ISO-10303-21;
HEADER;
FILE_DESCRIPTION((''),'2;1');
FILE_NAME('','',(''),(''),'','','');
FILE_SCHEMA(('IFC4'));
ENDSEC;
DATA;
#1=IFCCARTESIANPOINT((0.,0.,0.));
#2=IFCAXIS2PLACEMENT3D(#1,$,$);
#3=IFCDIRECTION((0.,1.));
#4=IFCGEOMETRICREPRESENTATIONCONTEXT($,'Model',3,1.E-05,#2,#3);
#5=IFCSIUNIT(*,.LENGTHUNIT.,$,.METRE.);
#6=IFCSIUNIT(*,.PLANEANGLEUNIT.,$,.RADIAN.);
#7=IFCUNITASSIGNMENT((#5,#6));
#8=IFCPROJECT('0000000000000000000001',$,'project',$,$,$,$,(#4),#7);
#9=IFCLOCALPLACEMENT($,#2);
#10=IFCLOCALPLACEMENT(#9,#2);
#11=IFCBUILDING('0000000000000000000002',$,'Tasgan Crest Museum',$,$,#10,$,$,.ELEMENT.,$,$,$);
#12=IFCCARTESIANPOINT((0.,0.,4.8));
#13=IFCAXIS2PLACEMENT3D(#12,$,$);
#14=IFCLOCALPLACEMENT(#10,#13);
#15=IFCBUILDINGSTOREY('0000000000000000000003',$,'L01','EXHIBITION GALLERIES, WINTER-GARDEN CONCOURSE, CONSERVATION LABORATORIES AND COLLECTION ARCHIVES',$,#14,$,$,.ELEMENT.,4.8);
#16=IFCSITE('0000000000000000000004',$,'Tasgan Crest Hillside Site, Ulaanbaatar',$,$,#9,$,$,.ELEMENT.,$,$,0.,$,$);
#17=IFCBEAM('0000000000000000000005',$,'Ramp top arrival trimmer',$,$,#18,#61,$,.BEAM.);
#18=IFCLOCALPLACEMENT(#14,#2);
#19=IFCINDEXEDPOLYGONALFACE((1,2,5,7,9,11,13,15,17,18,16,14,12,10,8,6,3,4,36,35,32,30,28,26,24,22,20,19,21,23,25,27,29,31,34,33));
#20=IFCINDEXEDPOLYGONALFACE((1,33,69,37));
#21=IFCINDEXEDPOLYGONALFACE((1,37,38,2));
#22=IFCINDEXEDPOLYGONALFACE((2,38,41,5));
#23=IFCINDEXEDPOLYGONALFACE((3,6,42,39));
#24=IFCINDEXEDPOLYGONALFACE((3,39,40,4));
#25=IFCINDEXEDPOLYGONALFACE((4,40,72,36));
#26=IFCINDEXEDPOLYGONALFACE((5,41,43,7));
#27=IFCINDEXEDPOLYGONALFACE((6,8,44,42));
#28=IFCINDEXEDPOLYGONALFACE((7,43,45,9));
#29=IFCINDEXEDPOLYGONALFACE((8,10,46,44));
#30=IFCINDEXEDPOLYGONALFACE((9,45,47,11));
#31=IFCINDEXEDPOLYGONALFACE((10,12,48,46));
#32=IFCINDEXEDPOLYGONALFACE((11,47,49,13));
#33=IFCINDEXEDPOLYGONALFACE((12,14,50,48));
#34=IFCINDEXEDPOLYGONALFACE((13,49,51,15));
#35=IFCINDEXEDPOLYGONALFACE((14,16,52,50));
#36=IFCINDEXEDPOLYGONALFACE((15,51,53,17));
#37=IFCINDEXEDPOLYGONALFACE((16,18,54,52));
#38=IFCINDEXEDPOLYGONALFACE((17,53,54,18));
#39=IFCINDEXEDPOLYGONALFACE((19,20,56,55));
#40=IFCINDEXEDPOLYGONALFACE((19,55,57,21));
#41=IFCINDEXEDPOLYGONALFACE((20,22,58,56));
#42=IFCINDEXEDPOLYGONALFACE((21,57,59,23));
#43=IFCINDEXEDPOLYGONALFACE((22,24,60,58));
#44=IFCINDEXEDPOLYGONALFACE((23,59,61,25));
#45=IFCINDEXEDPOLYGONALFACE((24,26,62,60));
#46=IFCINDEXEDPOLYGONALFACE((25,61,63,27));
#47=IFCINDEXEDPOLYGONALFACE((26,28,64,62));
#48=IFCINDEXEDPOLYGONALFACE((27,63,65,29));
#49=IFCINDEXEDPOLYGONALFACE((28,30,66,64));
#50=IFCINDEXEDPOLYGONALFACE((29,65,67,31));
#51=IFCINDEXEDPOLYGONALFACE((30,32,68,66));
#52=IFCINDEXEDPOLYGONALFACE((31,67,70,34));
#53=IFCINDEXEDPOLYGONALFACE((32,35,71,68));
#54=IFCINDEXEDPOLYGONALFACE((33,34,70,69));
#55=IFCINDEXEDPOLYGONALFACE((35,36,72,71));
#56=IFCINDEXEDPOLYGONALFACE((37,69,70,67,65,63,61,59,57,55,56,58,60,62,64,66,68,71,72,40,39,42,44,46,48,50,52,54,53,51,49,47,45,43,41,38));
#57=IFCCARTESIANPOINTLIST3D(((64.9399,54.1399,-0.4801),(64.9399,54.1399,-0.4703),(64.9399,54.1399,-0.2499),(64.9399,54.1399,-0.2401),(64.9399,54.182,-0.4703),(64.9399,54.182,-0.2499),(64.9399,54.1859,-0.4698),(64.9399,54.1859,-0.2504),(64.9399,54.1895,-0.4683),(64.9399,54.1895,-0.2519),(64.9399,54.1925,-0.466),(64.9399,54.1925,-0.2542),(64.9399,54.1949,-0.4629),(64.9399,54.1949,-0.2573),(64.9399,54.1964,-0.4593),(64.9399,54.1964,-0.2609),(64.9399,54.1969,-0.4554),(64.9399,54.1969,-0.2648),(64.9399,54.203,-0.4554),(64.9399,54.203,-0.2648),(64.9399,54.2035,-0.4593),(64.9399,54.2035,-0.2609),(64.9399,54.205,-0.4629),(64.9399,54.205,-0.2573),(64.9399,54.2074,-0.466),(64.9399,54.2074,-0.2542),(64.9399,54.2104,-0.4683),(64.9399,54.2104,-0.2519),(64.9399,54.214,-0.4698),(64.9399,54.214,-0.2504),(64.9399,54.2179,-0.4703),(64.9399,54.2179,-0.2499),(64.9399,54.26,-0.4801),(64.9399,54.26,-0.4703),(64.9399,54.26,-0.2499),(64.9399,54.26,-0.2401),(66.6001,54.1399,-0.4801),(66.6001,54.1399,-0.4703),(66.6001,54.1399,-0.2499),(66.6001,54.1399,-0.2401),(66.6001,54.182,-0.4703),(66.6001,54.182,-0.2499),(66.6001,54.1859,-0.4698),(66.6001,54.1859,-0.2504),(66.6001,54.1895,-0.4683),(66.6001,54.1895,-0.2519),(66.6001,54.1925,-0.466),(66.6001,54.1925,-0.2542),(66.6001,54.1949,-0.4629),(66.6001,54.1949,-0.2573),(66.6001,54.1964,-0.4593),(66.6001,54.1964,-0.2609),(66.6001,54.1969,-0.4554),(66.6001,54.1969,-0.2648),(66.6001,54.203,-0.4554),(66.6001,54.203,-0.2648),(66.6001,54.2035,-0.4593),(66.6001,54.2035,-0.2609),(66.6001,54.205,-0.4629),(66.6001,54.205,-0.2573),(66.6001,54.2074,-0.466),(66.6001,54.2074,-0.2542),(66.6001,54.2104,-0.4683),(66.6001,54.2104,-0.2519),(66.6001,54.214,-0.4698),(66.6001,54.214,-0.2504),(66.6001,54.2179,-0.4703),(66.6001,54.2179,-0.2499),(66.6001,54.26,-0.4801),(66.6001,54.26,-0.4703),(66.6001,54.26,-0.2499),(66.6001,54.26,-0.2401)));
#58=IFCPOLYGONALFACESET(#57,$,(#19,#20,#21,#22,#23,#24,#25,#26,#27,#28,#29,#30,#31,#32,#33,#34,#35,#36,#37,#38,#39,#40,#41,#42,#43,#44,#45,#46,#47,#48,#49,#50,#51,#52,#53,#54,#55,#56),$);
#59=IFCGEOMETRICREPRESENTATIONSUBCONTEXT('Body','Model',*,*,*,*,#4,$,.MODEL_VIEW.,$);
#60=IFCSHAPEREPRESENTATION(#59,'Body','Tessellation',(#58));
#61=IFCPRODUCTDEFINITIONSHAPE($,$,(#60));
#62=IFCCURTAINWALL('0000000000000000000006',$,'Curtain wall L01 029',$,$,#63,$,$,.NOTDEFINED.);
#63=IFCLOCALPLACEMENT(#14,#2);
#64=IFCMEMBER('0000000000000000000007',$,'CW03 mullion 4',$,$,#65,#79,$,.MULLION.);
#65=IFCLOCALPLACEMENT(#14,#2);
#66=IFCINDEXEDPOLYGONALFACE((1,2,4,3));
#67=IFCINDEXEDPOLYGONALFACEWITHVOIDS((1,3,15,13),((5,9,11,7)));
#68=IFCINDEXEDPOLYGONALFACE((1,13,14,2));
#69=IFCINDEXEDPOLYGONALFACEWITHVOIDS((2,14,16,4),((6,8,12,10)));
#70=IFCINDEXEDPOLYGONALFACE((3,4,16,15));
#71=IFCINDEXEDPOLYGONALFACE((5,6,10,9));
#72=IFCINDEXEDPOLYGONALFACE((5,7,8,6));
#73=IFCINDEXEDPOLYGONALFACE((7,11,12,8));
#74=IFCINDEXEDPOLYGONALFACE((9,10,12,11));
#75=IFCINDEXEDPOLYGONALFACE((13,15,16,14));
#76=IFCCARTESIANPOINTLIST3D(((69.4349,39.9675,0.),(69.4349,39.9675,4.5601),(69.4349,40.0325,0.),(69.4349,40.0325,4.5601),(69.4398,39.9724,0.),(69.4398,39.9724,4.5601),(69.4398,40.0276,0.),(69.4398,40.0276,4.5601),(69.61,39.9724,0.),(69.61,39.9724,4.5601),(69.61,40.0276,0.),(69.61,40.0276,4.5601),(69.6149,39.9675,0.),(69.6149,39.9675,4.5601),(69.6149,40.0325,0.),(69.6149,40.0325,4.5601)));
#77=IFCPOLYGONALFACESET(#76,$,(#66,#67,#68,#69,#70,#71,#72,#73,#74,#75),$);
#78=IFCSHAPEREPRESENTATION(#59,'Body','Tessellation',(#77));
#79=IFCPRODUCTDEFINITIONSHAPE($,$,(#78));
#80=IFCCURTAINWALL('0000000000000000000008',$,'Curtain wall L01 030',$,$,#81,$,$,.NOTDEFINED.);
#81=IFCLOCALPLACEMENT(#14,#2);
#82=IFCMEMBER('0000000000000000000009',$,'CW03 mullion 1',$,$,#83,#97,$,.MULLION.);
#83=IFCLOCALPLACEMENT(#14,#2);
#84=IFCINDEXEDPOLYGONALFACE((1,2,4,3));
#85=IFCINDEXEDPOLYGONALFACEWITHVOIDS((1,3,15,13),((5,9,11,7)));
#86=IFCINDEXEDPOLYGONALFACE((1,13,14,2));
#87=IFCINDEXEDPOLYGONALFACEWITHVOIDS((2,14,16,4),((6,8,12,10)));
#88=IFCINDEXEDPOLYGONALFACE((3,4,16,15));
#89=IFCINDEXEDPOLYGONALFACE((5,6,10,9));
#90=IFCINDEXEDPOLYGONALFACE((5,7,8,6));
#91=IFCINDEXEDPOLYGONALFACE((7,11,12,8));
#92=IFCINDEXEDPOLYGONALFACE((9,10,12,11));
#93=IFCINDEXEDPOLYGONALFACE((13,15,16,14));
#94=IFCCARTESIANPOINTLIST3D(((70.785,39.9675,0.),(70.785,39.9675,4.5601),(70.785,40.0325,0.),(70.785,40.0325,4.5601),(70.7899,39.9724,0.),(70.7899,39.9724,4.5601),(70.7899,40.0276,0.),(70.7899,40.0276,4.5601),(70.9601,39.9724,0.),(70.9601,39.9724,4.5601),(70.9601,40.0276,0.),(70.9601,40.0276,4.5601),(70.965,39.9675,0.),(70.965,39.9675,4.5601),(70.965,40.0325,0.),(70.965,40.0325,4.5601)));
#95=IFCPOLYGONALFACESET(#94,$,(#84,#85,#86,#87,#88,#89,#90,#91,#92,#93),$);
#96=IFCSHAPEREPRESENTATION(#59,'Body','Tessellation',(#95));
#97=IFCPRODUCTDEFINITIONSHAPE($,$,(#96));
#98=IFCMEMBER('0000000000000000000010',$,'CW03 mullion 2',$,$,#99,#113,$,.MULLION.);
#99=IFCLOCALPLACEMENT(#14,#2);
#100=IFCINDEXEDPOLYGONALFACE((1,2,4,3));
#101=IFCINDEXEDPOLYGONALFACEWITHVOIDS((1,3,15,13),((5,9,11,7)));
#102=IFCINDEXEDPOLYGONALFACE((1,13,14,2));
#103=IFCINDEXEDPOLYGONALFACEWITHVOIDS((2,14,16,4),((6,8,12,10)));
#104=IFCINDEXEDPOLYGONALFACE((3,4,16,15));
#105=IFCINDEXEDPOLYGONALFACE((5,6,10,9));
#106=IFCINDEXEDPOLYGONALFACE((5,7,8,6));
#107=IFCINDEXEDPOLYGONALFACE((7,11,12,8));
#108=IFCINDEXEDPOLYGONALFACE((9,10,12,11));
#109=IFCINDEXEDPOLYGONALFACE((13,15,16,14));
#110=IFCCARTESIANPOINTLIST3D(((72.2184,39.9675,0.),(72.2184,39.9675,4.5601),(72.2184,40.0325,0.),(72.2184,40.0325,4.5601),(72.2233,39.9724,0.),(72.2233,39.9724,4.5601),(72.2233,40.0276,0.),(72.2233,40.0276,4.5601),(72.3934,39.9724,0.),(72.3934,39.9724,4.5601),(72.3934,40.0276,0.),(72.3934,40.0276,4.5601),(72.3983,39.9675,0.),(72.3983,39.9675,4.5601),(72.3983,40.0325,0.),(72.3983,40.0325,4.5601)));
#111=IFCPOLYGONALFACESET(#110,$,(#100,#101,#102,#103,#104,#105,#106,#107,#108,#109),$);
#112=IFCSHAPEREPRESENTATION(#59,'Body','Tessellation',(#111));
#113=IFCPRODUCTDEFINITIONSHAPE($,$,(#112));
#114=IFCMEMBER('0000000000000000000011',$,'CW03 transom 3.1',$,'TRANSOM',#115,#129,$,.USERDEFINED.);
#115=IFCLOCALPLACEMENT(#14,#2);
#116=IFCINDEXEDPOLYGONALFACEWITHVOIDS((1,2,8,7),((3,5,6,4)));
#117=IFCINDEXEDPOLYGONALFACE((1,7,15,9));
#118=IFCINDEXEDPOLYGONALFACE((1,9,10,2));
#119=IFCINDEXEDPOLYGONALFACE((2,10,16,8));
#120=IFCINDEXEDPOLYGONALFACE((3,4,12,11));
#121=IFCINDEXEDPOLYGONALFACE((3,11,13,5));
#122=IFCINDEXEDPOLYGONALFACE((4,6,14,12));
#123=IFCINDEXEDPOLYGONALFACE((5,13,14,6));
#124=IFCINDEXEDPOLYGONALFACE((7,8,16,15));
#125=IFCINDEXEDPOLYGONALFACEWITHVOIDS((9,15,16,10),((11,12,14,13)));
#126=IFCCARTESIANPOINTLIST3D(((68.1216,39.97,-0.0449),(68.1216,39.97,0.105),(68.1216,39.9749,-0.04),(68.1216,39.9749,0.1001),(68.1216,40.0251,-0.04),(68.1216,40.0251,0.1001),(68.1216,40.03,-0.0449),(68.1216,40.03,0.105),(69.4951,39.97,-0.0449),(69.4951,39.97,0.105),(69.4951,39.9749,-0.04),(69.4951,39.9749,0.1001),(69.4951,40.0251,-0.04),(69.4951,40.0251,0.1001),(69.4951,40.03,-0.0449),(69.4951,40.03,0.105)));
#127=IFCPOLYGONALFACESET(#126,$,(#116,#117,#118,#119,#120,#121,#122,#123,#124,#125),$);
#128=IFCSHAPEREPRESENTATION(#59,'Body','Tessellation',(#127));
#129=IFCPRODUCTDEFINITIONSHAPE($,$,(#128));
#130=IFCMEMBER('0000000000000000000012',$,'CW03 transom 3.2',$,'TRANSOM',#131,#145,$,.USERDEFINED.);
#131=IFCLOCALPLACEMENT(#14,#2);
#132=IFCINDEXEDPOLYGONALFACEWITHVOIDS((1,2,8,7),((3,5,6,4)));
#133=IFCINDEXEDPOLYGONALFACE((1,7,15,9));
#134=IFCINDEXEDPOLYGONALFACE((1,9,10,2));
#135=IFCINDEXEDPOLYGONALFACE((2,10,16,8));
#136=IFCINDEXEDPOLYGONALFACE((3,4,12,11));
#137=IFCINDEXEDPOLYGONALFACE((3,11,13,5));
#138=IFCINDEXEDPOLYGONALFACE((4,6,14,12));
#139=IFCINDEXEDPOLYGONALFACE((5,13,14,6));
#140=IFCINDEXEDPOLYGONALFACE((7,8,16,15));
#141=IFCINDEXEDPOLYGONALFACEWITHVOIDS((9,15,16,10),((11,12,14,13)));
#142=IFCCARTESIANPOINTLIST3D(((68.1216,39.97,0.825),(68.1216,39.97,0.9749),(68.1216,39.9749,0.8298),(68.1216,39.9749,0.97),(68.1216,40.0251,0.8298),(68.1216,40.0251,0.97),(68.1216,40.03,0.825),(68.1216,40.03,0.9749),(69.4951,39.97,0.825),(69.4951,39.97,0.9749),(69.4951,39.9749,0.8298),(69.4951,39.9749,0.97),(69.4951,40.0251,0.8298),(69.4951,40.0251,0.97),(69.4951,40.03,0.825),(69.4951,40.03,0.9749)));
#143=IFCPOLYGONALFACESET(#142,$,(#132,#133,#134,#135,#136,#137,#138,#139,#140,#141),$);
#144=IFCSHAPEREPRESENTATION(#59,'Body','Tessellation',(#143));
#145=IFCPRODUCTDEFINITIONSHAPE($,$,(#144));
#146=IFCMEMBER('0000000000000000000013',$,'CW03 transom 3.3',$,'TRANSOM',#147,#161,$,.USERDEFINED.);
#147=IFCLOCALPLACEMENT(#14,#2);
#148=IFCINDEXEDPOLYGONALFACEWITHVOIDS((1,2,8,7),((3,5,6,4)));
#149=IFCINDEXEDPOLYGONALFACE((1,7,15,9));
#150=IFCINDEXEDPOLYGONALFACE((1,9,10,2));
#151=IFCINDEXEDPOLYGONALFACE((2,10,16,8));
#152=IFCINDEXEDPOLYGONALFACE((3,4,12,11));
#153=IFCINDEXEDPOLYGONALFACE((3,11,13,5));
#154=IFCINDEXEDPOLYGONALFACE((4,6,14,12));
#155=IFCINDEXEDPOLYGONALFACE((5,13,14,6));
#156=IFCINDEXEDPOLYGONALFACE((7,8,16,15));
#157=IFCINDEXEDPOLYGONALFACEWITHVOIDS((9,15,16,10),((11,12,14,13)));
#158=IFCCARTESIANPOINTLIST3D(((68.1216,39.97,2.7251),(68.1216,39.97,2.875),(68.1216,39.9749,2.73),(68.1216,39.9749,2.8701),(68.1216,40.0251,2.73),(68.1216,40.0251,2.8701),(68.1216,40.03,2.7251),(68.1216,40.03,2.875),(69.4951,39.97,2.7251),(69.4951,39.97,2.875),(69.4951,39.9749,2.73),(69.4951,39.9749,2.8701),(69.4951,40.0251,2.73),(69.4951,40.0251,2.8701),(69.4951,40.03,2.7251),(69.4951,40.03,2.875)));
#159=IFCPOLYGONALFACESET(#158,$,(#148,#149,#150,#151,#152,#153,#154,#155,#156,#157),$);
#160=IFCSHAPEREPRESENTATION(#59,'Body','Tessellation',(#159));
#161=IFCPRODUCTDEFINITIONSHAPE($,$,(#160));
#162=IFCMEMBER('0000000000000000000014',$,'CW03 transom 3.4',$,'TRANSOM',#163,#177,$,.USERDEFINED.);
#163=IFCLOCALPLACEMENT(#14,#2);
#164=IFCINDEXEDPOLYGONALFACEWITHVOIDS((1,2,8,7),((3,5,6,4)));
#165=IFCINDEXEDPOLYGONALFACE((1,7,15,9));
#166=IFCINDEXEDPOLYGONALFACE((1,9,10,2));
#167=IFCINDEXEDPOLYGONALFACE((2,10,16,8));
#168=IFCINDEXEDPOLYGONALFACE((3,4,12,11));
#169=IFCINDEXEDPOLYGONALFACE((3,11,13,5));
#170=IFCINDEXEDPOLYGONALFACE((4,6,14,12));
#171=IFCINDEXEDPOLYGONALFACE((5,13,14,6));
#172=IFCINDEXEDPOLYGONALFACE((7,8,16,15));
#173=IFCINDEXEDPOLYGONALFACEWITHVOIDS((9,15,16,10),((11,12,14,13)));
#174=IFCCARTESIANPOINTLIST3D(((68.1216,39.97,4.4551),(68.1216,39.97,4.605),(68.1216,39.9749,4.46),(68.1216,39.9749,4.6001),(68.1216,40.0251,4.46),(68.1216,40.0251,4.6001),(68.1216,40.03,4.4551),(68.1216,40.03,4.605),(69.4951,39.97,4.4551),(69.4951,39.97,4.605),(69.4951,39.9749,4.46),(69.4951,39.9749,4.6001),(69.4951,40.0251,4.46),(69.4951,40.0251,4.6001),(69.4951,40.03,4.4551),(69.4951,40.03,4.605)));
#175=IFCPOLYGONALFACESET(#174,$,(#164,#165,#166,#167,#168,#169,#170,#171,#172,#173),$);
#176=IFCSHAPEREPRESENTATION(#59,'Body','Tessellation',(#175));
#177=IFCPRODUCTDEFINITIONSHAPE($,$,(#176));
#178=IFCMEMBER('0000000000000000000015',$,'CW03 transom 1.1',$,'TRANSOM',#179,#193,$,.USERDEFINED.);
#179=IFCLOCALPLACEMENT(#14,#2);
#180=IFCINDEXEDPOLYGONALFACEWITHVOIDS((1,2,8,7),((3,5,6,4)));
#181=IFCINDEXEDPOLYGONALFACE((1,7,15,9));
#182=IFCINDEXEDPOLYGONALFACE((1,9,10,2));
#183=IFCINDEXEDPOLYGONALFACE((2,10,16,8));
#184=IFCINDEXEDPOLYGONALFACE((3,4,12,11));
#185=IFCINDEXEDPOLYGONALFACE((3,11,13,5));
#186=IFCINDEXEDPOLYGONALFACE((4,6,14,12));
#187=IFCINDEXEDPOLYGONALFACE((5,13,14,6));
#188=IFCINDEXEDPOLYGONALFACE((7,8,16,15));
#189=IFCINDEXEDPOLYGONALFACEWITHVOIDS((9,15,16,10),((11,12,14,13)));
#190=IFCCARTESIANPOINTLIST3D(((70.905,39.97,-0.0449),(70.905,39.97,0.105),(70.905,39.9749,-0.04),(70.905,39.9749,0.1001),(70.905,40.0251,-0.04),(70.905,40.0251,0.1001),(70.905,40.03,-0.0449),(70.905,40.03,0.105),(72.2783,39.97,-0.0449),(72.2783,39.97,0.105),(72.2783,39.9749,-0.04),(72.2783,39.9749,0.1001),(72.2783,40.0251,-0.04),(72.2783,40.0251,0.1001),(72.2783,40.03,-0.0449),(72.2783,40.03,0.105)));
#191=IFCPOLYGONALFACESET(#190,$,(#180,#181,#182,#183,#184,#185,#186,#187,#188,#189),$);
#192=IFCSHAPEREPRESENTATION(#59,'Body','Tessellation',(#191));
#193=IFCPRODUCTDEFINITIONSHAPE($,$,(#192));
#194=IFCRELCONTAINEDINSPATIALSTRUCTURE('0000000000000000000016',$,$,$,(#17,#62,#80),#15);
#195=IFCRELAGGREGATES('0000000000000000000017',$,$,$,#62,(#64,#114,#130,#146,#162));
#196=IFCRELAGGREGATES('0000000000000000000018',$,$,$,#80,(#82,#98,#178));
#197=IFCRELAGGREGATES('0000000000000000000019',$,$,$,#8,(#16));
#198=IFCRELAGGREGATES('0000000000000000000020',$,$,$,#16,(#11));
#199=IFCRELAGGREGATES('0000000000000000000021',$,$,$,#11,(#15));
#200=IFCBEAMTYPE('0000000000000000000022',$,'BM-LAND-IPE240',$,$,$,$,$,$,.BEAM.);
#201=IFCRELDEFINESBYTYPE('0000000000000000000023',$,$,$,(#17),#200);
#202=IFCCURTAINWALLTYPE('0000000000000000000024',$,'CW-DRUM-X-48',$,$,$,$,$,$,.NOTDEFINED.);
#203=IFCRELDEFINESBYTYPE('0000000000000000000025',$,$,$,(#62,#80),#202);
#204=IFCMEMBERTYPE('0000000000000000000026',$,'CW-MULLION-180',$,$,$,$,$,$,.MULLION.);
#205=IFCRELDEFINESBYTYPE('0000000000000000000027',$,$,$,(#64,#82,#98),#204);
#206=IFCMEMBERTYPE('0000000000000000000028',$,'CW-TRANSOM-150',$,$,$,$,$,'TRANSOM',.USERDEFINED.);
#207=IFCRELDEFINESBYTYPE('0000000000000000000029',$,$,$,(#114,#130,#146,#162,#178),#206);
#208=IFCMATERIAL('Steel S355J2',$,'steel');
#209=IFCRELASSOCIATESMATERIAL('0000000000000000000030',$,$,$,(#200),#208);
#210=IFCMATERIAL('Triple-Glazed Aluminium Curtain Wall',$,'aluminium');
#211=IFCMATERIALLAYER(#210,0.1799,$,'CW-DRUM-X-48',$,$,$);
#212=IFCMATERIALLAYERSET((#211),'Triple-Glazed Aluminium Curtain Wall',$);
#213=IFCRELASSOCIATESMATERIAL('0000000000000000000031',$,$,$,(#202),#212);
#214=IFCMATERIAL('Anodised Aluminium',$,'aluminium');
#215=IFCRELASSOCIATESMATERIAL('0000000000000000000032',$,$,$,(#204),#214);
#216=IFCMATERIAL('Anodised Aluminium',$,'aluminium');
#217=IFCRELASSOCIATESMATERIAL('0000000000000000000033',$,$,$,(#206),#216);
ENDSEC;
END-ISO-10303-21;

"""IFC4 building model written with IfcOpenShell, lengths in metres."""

from ifc_helpers import new_model, si_unit, direction, frame, origin, origin_2d, place, context, subcontext, project, spatial, hollow_rectangle, i_section, extrude, material, layer, layer_set, material_profile, profile_set, type_object, element, aggregate, save


model = new_model("IFC4")

# Units and contexts
model_context = context("Model", 3, precision=1e-05, world=origin(), true_north=direction((0.0, 1.0)))
body_context = subcontext(model_context, "Body", "Model", "MODEL_VIEW")
ifc_project = project(units=[si_unit("LENGTHUNIT", "METRE"), si_unit("PLANEANGLEUNIT", "RADIAN")], contexts=[model_context])

# Site, building, storey
site_placement = place(None, origin())
site = spatial("IfcSite", under=ifc_project, at=site_placement, Name="Tasgan Crest Hillside Site, Ulaanbaatar", CompositionType="ELEMENT", RefElevation=0.0)
building_placement = place(site_placement, origin())
building = spatial("IfcBuilding", under=site, at=building_placement, Name="Tasgan Crest Museum", CompositionType="ELEMENT")
storey_placement = place(building_placement, frame((0.0, 0.0, 4.8)))
storey = spatial("IfcBuildingStorey", under=building, at=storey_placement, Name="L01", Description="EXHIBITION GALLERIES, WINTER-GARDEN CONCOURSE, CONSERVATION LABORATORIES AND COLLECTION ARCHIVES", CompositionType="ELEMENT", Elevation=4.8)

# Beam
ifc_material_1 = material(Name="Steel S355J2", Category="steel")
ifc_material_profile_1 = material_profile(ifc_material_1, i_section(OverallWidth=0.1201, OverallDepth=0.24, WebThickness=0.0061, FlangeThickness=0.0098, FilletRadius=0.0149, at=origin_2d()), Name="IPE 240")
ifc_profile_set_1 = profile_set([ifc_material_profile_1], Name="Steel S355J2")
beam_type_1 = type_object("IfcBeamType", Name="BM-LAND-IPE240", PredefinedType="BEAM", material=ifc_profile_set_1)
beam_1_placement = place(storey_placement, frame((64.9399, 54.2, -0.3601), z_axis=(1.0, 0.0, 0.0), x_axis=(0.0, 1.0, 0.0)))
element("IfcBeam", 1, at=beam_1_placement, inside=storey, type_object=beam_type_1, Name="Ramp top arrival trimmer", PredefinedType="BEAM", context=body_context, shape_type="SweptSolid", body=[
    extrude(i_section(OverallWidth=0.1201, OverallDepth=0.24, WebThickness=0.0061, FlangeThickness=0.0098, FilletRadius=0.0149, at=origin_2d()), origin(), (0.0, 0.0, 1.0), 1.6602),
])

# Curtain wall, member
ifc_material_2 = material(Name="Triple-Glazed Aluminium Curtain Wall", Category="aluminium")
ifc_layer_1 = layer(ifc_material_2, 0.1799, Name="CW-DRUM-X-48")
ifc_layer_set_1 = layer_set([ifc_layer_1], Name="Triple-Glazed Aluminium Curtain Wall")
curtain_wall_type = type_object("IfcCurtainWallType", Name="CW-DRUM-X-48", PredefinedType="NOTDEFINED", material=ifc_layer_set_1)
curtain_wall_1_placement = place(storey_placement, origin())
curtain_wall_1 = element("IfcCurtainWall", 2, at=curtain_wall_1_placement, inside=storey, type_object=curtain_wall_type, Name="Curtain wall L01 029", PredefinedType="NOTDEFINED")
ifc_material_3 = material(Name="Anodised Aluminium", Category="aluminium")
ifc_material_profile_2 = material_profile(ifc_material_3, hollow_rectangle(XDim=0.0649, YDim=0.1799, WallThickness=0.0049, at=origin_2d()), Name="ALU MULLION 180x65x5")
ifc_profile_set_2 = profile_set([ifc_material_profile_2], Name="Anodised Aluminium")
member_type_1 = type_object("IfcMemberType", Name="CW-MULLION-180", PredefinedType="MULLION", material=ifc_profile_set_2)
member_1_placement = place(storey_placement, frame((69.5249, 40.0, 0.0), z_axis=(0.0, 0.0, 1.0), x_axis=(0.0, 1.0, 0.0)))
member_1 = element("IfcMember", 3, at=member_1_placement, type_object=member_type_1, Name="CW03 mullion 4", PredefinedType="MULLION", context=body_context, shape_type="SweptSolid", body=[
    extrude(hollow_rectangle(XDim=0.0649, YDim=0.1799, WallThickness=0.0049, at=origin_2d()), origin(), (0.0, 0.0, 1.0), 4.5601),
])

# Curtain wall, members
curtain_wall_2_placement = place(storey_placement, origin())
curtain_wall_2 = element("IfcCurtainWall", 4, at=curtain_wall_2_placement, inside=storey, type_object=curtain_wall_type, Name="Curtain wall L01 030", PredefinedType="NOTDEFINED")
member_2_placement = place(storey_placement, frame((70.875, 40.0, 0.0), z_axis=(0.0, 0.0, 1.0), x_axis=(0.0, 1.0, 0.0)))
member_2 = element("IfcMember", 5, at=member_2_placement, type_object=member_type_1, Name="CW03 mullion 1", PredefinedType="MULLION", context=body_context, shape_type="SweptSolid", body=[
    extrude(hollow_rectangle(XDim=0.0649, YDim=0.1799, WallThickness=0.0049, at=origin_2d()), origin(), (0.0, 0.0, 1.0), 4.5601),
])
member_3_placement = place(storey_placement, frame((72.3083, 40.0, 0.0), z_axis=(0.0, 0.0, 1.0), x_axis=(0.0, 1.0, 0.0)))
member_3 = element("IfcMember", 6, at=member_3_placement, type_object=member_type_1, Name="CW03 mullion 2", PredefinedType="MULLION", context=body_context, shape_type="SweptSolid", body=[
    extrude(hollow_rectangle(XDim=0.0649, YDim=0.1799, WallThickness=0.0049, at=origin_2d()), origin(), (0.0, 0.0, 1.0), 4.5601),
])

# Members
ifc_material_4 = material(Name="Anodised Aluminium", Category="aluminium")
ifc_material_profile_3 = material_profile(ifc_material_4, hollow_rectangle(XDim=0.0601, YDim=0.1499, WallThickness=0.0049, at=origin_2d()), Name="ALU TRANSOM 150x60x5")
ifc_profile_set_3 = profile_set([ifc_material_profile_3], Name="Anodised Aluminium")
member_type_2 = type_object("IfcMemberType", Name="CW-TRANSOM-150", ElementType="TRANSOM", PredefinedType="USERDEFINED", material=ifc_profile_set_3)
member_4_placement = place(storey_placement, frame((68.1216, 40.0, 0.03), z_axis=(1.0, 0.0, 0.0), x_axis=(0.0, 1.0, 0.0)))
member_4 = element("IfcMember", 7, at=member_4_placement, type_object=member_type_2, Name="CW03 transom 3.1", ObjectType="TRANSOM", PredefinedType="USERDEFINED", context=body_context, shape_type="SweptSolid", body=[
    extrude(hollow_rectangle(XDim=0.0601, YDim=0.1499, WallThickness=0.0049, at=origin_2d()), origin(), (0.0, 0.0, 1.0), 1.3735),
])
member_5_placement = place(storey_placement, frame((68.1216, 40.0, 0.8999), z_axis=(1.0, 0.0, 0.0), x_axis=(0.0, 1.0, 0.0)))
member_5 = element("IfcMember", 8, at=member_5_placement, type_object=member_type_2, Name="CW03 transom 3.2", ObjectType="TRANSOM", PredefinedType="USERDEFINED", context=body_context, shape_type="SweptSolid", body=[
    extrude(hollow_rectangle(XDim=0.0601, YDim=0.1499, WallThickness=0.0049, at=origin_2d()), origin(), (0.0, 0.0, 1.0), 1.3735),
])
member_6_placement = place(storey_placement, frame((68.1216, 40.0, 2.8), z_axis=(1.0, 0.0, 0.0), x_axis=(0.0, 1.0, 0.0)))
member_6 = element("IfcMember", 9, at=member_6_placement, type_object=member_type_2, Name="CW03 transom 3.3", ObjectType="TRANSOM", PredefinedType="USERDEFINED", context=body_context, shape_type="SweptSolid", body=[
    extrude(hollow_rectangle(XDim=0.0601, YDim=0.1499, WallThickness=0.0049, at=origin_2d()), origin(), (0.0, 0.0, 1.0), 1.3735),
])
member_7_placement = place(storey_placement, frame((68.1216, 40.0, 4.53), z_axis=(1.0, 0.0, 0.0), x_axis=(0.0, 1.0, 0.0)))
member_7 = element("IfcMember", 10, at=member_7_placement, type_object=member_type_2, Name="CW03 transom 3.4", ObjectType="TRANSOM", PredefinedType="USERDEFINED", context=body_context, shape_type="SweptSolid", body=[
    extrude(hollow_rectangle(XDim=0.0601, YDim=0.1499, WallThickness=0.0049, at=origin_2d()), origin(), (0.0, 0.0, 1.0), 1.3735),
])
member_8_placement = place(storey_placement, frame((70.905, 40.0, 0.03), z_axis=(1.0, 0.0, 0.0), x_axis=(0.0, 1.0, 0.0)))
member_8 = element("IfcMember", 11, at=member_8_placement, type_object=member_type_2, Name="CW03 transom 1.1", ObjectType="TRANSOM", PredefinedType="USERDEFINED", context=body_context, shape_type="SweptSolid", body=[
    extrude(hollow_rectangle(XDim=0.0601, YDim=0.1499, WallThickness=0.0049, at=origin_2d()), origin(), (0.0, 0.0, 1.0), 1.3733),
])

aggregate(curtain_wall_1, [member_1, member_4, member_5, member_6, member_7])
aggregate(curtain_wall_2, [member_2, member_3, member_8])

save(model, "model.ifc")
